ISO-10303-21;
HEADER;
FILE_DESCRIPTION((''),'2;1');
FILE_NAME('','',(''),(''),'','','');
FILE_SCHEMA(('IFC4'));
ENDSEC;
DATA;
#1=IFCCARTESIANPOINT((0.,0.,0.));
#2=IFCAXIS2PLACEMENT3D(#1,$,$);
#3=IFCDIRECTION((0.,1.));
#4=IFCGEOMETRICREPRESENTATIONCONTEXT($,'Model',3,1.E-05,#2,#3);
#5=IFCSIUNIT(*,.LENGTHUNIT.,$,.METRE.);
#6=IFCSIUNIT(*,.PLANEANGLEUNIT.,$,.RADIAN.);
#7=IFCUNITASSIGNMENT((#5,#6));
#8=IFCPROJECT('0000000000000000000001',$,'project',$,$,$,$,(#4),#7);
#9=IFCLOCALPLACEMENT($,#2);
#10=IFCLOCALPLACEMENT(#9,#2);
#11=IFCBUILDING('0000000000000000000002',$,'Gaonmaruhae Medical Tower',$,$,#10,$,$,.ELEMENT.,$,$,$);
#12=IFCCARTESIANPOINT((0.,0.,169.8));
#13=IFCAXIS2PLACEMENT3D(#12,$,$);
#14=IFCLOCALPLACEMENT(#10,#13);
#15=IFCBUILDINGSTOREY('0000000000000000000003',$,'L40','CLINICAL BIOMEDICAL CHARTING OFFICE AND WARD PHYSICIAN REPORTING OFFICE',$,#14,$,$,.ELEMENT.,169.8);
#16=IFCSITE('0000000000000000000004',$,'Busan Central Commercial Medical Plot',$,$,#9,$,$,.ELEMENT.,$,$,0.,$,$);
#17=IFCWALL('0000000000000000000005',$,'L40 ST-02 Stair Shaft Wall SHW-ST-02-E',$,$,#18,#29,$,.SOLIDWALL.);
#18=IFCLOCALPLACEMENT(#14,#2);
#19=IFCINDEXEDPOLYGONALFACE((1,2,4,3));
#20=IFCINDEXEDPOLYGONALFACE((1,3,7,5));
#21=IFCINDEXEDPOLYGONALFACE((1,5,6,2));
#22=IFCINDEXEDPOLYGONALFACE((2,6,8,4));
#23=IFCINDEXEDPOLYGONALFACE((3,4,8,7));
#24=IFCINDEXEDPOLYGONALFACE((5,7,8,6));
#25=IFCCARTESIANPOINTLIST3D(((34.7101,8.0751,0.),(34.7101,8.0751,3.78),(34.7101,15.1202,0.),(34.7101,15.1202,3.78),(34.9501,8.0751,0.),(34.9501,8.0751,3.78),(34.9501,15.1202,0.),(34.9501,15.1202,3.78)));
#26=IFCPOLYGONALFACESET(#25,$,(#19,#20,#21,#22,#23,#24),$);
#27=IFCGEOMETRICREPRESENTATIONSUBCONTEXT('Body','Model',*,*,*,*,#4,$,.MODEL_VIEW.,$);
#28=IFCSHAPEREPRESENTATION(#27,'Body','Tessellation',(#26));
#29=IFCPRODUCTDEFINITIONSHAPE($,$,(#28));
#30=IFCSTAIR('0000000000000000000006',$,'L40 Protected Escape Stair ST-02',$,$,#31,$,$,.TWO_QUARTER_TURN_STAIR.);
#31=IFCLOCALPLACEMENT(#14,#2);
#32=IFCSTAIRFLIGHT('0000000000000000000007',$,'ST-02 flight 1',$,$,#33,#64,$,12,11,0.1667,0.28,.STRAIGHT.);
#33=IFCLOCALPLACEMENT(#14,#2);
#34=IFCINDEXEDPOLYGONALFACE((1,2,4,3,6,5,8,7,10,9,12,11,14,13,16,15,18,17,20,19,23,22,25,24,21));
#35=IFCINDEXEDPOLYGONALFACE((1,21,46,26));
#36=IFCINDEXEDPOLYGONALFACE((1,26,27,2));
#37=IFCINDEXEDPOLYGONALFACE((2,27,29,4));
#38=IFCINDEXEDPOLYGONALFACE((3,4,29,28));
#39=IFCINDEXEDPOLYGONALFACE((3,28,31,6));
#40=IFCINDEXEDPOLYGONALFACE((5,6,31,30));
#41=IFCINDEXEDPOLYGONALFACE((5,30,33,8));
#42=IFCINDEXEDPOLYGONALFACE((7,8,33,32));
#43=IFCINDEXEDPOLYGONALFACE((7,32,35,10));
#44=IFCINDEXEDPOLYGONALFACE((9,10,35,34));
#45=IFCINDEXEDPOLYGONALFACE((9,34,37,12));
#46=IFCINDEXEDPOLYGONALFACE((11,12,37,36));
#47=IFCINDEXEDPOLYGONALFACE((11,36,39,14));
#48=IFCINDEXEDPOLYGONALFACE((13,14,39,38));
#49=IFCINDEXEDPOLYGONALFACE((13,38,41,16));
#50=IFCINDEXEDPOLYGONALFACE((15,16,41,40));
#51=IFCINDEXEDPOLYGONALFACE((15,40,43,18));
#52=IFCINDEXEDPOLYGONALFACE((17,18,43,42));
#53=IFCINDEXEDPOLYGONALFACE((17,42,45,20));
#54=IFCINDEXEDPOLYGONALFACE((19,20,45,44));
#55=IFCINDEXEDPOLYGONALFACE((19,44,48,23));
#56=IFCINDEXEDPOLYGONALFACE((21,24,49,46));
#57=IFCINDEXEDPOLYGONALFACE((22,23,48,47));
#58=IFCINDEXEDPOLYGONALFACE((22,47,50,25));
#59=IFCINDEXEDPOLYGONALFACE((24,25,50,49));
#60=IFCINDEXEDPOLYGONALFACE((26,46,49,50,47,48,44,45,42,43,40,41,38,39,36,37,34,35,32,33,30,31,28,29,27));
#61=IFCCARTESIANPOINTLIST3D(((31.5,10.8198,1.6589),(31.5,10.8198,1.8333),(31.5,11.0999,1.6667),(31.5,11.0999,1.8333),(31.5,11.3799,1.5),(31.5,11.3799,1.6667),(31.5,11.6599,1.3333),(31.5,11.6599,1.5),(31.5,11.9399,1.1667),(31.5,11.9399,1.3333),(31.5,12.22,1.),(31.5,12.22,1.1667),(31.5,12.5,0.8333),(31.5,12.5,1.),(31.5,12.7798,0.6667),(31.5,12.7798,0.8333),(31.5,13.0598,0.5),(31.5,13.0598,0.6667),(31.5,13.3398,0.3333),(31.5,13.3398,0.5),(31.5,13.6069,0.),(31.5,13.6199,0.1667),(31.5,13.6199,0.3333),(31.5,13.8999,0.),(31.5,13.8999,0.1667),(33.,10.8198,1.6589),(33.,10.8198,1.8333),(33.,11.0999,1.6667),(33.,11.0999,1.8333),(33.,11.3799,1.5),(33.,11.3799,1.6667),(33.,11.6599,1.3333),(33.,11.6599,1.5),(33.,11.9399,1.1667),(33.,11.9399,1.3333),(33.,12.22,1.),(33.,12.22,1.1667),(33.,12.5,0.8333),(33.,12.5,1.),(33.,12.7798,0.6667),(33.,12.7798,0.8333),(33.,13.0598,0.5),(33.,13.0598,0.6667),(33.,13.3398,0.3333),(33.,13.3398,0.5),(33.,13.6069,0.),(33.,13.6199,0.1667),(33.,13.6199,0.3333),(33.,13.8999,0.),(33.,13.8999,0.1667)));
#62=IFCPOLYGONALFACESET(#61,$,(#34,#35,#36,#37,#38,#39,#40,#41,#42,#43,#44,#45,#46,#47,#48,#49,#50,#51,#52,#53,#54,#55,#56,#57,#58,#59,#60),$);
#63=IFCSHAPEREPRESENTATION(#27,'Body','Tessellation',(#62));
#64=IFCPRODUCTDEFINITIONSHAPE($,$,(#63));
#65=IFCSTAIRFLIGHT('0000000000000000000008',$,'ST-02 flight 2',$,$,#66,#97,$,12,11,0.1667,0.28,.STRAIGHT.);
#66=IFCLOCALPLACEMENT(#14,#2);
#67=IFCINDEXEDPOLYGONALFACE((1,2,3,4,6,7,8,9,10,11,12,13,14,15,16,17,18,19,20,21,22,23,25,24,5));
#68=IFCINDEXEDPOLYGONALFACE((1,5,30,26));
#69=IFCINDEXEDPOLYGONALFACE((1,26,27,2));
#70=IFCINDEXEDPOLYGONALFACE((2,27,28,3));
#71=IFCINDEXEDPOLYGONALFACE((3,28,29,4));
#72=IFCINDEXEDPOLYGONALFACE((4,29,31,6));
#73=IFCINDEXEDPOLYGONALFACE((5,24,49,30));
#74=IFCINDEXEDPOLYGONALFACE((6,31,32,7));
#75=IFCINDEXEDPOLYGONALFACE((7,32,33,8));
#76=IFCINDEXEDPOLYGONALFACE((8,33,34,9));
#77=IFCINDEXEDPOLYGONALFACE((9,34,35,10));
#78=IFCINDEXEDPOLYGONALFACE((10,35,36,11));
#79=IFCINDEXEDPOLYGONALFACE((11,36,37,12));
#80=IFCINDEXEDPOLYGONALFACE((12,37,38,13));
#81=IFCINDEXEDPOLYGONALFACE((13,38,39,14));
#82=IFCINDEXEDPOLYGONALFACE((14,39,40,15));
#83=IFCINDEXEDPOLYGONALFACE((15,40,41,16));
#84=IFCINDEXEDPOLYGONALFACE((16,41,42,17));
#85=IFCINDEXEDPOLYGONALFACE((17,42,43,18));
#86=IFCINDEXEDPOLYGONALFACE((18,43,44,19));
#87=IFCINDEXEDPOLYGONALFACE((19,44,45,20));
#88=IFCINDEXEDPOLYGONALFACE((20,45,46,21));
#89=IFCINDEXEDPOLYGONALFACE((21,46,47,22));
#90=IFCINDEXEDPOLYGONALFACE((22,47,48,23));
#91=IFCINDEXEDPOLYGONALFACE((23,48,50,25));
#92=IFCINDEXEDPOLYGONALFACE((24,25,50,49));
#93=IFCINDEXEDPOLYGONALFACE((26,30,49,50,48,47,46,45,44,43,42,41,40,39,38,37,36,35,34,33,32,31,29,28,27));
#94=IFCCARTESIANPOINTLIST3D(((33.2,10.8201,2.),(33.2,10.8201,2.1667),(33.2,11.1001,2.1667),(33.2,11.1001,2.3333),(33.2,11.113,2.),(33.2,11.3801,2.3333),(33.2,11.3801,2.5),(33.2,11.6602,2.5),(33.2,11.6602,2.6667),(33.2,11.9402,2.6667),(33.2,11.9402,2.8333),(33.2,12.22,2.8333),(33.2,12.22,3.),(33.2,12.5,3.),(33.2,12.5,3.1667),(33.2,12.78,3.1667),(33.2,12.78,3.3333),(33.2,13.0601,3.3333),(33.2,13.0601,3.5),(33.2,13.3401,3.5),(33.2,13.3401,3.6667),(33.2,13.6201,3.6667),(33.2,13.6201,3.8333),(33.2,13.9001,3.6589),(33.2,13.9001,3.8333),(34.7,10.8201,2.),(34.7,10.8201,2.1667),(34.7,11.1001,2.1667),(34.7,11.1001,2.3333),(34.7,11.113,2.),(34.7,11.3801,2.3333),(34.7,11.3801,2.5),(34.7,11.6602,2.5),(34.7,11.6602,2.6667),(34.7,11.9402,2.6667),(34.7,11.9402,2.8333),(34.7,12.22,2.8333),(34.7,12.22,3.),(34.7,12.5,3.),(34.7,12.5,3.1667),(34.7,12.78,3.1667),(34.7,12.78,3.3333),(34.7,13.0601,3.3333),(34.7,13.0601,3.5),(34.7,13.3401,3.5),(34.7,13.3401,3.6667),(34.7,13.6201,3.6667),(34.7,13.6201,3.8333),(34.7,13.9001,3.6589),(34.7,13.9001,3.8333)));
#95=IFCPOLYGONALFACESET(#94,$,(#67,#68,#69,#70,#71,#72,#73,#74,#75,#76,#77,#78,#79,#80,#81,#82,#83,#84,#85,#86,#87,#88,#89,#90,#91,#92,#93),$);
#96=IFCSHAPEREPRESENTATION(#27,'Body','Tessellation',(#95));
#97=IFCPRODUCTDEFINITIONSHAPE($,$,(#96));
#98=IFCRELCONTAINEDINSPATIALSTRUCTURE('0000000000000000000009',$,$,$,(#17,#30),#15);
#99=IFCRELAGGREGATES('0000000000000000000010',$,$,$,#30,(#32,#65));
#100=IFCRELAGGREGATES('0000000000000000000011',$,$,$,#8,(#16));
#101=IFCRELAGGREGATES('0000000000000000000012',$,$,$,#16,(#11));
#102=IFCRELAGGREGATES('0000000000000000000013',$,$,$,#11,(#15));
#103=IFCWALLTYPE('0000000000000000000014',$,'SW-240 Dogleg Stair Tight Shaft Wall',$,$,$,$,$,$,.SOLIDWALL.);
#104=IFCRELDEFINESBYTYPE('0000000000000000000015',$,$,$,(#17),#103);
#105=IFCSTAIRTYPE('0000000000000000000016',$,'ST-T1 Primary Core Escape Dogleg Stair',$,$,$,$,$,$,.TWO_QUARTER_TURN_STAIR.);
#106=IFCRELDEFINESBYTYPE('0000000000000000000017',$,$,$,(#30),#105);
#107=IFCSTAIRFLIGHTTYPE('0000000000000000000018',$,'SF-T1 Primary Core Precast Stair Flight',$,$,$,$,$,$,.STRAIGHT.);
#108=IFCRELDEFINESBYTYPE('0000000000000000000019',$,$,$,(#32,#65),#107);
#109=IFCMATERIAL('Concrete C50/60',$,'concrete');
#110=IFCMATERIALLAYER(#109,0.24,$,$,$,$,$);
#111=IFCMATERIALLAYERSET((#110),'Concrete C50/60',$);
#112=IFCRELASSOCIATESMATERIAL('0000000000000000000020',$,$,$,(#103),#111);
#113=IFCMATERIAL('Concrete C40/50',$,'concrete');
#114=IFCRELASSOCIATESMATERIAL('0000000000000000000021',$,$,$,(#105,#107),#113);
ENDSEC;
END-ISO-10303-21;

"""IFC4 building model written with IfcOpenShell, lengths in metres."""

from ifc_helpers import new_model, si_unit, direction, frame, frame_2d, origin, place, context, subcontext, project, spatial, polyline, rectangle, outline, extrude, material, layer, layer_set, type_object, element, aggregate, save


model = new_model("IFC4")

# Units and contexts
model_context = context("Model", 3, precision=1e-05, world=origin(), true_north=direction((0.0, 1.0)))
body_context = subcontext(model_context, "Body", "Model", "MODEL_VIEW")
ifc_project = project(units=[si_unit("LENGTHUNIT", "METRE"), si_unit("PLANEANGLEUNIT", "RADIAN")], contexts=[model_context])

# Site, building, storey
site_placement = place(None, origin())
site = spatial("IfcSite", under=ifc_project, at=site_placement, Name="Busan Central Commercial Medical Plot", CompositionType="ELEMENT", RefElevation=0.0)
building_placement = place(site_placement, origin())
building = spatial("IfcBuilding", under=site, at=building_placement, Name="Gaonmaruhae Medical Tower", CompositionType="ELEMENT")
storey_placement = place(building_placement, frame((0.0, 0.0, 169.8)))
storey = spatial("IfcBuildingStorey", under=building, at=storey_placement, Name="L40", Description="CLINICAL BIOMEDICAL CHARTING OFFICE AND WARD PHYSICIAN REPORTING OFFICE", CompositionType="ELEMENT", Elevation=169.8)

# Shared definitions
ifc_material_1 = material(Name="Concrete C50/60", Category="concrete")

# Shared definitions
ifc_layer_1 = layer(ifc_material_1, 0.24)
ifc_layer_set_1 = layer_set([ifc_layer_1], Name="Concrete C50/60")
wall_type_1 = type_object("IfcWallType", Name="SW-240 Dogleg Stair Tight Shaft Wall", PredefinedType="SOLIDWALL", material=ifc_layer_set_1)

# Wall
wall_1_placement = place(storey_placement, frame((34.8301, 15.1201, 0.0), z_axis=(0.0, 0.0, 1.0), x_axis=(0.0, -1.0, 0.0)))
element("IfcWall", 1, at=wall_1_placement, inside=storey, type_object=wall_type_1, Name="L40 ST-02 Stair Shaft Wall SHW-ST-02-E", PredefinedType="SOLIDWALL", context=body_context, shape_type="SweptSolid", body=[
    extrude(rectangle(XDim=7.0452, YDim=0.24, at=frame_2d((3.5225, 0.0))), origin(), (0.0, 0.0, 1.0), 3.78),
])

# Stair, stair flights
ifc_material_2 = material(Name="Concrete C40/50", Category="concrete")
stair_type = type_object("IfcStairType", Name="ST-T1 Primary Core Escape Dogleg Stair", PredefinedType="TWO_QUARTER_TURN_STAIR", material=ifc_material_2)
stair_placement = place(storey_placement, origin())
stair = element("IfcStair", 2, at=stair_placement, inside=storey, type_object=stair_type, Name="L40 Protected Escape Stair ST-02", PredefinedType="TWO_QUARTER_TURN_STAIR")
stair_flight_type = type_object("IfcStairFlightType", Name="SF-T1 Primary Core Precast Stair Flight", PredefinedType="STRAIGHT", material=ifc_material_2)
stair_flight_1_placement = place(storey_placement, frame((32.25, 13.8999, 0.0), z_axis=(0.0, 0.0, 1.0), x_axis=(0.0, -1.0, 0.0)))
stair_flight_1 = element("IfcStairFlight", 3, at=stair_flight_1_placement, type_object=stair_flight_type, Name="ST-02 flight 1", NumberOfRisers=12, NumberOfTreads=11, PredefinedType="STRAIGHT", RiserHeight=0.1667, TreadLength=0.28, context=body_context, shape_type="SweptSolid", body=[
    extrude(outline(polyline([(0.0, 0.0), (0.0, 0.1667), (0.28, 0.1667), (0.28, 0.3333), (0.5601, 0.3333), (0.5601, 0.5), (0.8401, 0.5), (0.8401, 0.6667), (1.1201, 0.6667), (1.1201, 0.8333), (1.3999, 0.8333), (1.3999, 1.0), (1.6799, 1.0), (1.6799, 1.1667), (1.96, 1.1667), (1.96, 1.3333), (2.24, 1.3333), (2.24, 1.5), (2.52, 1.5), (2.52, 1.6667), (2.8, 1.6667), (2.8, 1.8333), (3.0801, 1.8333), (3.0801, 2.0), (3.0801, 1.6589), (0.293, 0.0), (0.0, 0.0)])), frame((0.0, 0.75, 0.0), z_axis=(0.0, -1.0, 0.0), x_axis=(1.0, 0.0, 0.0)), (0.0, 0.0, 1.0), 1.5),
])
stair_flight_2_placement = place(storey_placement, frame((33.95, 10.8201, 2.0), z_axis=(0.0, 0.0, 1.0), x_axis=(0.0, 1.0, 0.0)))
stair_flight_2 = element("IfcStairFlight", 4, at=stair_flight_2_placement, type_object=stair_flight_type, Name="ST-02 flight 2", NumberOfRisers=12, NumberOfTreads=11, PredefinedType="STRAIGHT", RiserHeight=0.1667, TreadLength=0.28, context=body_context, shape_type="SweptSolid", body=[
    extrude(outline(polyline([(0.0, 0.0), (0.0, 0.1667), (0.28, 0.1667), (0.28, 0.3333), (0.5601, 0.3333), (0.5601, 0.5), (0.8401, 0.5), (0.8401, 0.6667), (1.1201, 0.6667), (1.1201, 0.8333), (1.3999, 0.8333), (1.3999, 1.0), (1.6799, 1.0), (1.6799, 1.1667), (1.96, 1.1667), (1.96, 1.3333), (2.24, 1.3333), (2.24, 1.5), (2.52, 1.5), (2.52, 1.6667), (2.8, 1.6667), (2.8, 1.8333), (3.0801, 1.8333), (3.0801, 2.0), (3.0801, 1.6589), (0.293, 0.0), (0.0, 0.0)])), frame((0.0, 0.75, 0.0), z_axis=(0.0, -1.0, 0.0), x_axis=(1.0, 0.0, 0.0)), (0.0, 0.0, 1.0), 1.5),
])
aggregate(stair, [stair_flight_1, stair_flight_2])

save(model, "model.ifc")
